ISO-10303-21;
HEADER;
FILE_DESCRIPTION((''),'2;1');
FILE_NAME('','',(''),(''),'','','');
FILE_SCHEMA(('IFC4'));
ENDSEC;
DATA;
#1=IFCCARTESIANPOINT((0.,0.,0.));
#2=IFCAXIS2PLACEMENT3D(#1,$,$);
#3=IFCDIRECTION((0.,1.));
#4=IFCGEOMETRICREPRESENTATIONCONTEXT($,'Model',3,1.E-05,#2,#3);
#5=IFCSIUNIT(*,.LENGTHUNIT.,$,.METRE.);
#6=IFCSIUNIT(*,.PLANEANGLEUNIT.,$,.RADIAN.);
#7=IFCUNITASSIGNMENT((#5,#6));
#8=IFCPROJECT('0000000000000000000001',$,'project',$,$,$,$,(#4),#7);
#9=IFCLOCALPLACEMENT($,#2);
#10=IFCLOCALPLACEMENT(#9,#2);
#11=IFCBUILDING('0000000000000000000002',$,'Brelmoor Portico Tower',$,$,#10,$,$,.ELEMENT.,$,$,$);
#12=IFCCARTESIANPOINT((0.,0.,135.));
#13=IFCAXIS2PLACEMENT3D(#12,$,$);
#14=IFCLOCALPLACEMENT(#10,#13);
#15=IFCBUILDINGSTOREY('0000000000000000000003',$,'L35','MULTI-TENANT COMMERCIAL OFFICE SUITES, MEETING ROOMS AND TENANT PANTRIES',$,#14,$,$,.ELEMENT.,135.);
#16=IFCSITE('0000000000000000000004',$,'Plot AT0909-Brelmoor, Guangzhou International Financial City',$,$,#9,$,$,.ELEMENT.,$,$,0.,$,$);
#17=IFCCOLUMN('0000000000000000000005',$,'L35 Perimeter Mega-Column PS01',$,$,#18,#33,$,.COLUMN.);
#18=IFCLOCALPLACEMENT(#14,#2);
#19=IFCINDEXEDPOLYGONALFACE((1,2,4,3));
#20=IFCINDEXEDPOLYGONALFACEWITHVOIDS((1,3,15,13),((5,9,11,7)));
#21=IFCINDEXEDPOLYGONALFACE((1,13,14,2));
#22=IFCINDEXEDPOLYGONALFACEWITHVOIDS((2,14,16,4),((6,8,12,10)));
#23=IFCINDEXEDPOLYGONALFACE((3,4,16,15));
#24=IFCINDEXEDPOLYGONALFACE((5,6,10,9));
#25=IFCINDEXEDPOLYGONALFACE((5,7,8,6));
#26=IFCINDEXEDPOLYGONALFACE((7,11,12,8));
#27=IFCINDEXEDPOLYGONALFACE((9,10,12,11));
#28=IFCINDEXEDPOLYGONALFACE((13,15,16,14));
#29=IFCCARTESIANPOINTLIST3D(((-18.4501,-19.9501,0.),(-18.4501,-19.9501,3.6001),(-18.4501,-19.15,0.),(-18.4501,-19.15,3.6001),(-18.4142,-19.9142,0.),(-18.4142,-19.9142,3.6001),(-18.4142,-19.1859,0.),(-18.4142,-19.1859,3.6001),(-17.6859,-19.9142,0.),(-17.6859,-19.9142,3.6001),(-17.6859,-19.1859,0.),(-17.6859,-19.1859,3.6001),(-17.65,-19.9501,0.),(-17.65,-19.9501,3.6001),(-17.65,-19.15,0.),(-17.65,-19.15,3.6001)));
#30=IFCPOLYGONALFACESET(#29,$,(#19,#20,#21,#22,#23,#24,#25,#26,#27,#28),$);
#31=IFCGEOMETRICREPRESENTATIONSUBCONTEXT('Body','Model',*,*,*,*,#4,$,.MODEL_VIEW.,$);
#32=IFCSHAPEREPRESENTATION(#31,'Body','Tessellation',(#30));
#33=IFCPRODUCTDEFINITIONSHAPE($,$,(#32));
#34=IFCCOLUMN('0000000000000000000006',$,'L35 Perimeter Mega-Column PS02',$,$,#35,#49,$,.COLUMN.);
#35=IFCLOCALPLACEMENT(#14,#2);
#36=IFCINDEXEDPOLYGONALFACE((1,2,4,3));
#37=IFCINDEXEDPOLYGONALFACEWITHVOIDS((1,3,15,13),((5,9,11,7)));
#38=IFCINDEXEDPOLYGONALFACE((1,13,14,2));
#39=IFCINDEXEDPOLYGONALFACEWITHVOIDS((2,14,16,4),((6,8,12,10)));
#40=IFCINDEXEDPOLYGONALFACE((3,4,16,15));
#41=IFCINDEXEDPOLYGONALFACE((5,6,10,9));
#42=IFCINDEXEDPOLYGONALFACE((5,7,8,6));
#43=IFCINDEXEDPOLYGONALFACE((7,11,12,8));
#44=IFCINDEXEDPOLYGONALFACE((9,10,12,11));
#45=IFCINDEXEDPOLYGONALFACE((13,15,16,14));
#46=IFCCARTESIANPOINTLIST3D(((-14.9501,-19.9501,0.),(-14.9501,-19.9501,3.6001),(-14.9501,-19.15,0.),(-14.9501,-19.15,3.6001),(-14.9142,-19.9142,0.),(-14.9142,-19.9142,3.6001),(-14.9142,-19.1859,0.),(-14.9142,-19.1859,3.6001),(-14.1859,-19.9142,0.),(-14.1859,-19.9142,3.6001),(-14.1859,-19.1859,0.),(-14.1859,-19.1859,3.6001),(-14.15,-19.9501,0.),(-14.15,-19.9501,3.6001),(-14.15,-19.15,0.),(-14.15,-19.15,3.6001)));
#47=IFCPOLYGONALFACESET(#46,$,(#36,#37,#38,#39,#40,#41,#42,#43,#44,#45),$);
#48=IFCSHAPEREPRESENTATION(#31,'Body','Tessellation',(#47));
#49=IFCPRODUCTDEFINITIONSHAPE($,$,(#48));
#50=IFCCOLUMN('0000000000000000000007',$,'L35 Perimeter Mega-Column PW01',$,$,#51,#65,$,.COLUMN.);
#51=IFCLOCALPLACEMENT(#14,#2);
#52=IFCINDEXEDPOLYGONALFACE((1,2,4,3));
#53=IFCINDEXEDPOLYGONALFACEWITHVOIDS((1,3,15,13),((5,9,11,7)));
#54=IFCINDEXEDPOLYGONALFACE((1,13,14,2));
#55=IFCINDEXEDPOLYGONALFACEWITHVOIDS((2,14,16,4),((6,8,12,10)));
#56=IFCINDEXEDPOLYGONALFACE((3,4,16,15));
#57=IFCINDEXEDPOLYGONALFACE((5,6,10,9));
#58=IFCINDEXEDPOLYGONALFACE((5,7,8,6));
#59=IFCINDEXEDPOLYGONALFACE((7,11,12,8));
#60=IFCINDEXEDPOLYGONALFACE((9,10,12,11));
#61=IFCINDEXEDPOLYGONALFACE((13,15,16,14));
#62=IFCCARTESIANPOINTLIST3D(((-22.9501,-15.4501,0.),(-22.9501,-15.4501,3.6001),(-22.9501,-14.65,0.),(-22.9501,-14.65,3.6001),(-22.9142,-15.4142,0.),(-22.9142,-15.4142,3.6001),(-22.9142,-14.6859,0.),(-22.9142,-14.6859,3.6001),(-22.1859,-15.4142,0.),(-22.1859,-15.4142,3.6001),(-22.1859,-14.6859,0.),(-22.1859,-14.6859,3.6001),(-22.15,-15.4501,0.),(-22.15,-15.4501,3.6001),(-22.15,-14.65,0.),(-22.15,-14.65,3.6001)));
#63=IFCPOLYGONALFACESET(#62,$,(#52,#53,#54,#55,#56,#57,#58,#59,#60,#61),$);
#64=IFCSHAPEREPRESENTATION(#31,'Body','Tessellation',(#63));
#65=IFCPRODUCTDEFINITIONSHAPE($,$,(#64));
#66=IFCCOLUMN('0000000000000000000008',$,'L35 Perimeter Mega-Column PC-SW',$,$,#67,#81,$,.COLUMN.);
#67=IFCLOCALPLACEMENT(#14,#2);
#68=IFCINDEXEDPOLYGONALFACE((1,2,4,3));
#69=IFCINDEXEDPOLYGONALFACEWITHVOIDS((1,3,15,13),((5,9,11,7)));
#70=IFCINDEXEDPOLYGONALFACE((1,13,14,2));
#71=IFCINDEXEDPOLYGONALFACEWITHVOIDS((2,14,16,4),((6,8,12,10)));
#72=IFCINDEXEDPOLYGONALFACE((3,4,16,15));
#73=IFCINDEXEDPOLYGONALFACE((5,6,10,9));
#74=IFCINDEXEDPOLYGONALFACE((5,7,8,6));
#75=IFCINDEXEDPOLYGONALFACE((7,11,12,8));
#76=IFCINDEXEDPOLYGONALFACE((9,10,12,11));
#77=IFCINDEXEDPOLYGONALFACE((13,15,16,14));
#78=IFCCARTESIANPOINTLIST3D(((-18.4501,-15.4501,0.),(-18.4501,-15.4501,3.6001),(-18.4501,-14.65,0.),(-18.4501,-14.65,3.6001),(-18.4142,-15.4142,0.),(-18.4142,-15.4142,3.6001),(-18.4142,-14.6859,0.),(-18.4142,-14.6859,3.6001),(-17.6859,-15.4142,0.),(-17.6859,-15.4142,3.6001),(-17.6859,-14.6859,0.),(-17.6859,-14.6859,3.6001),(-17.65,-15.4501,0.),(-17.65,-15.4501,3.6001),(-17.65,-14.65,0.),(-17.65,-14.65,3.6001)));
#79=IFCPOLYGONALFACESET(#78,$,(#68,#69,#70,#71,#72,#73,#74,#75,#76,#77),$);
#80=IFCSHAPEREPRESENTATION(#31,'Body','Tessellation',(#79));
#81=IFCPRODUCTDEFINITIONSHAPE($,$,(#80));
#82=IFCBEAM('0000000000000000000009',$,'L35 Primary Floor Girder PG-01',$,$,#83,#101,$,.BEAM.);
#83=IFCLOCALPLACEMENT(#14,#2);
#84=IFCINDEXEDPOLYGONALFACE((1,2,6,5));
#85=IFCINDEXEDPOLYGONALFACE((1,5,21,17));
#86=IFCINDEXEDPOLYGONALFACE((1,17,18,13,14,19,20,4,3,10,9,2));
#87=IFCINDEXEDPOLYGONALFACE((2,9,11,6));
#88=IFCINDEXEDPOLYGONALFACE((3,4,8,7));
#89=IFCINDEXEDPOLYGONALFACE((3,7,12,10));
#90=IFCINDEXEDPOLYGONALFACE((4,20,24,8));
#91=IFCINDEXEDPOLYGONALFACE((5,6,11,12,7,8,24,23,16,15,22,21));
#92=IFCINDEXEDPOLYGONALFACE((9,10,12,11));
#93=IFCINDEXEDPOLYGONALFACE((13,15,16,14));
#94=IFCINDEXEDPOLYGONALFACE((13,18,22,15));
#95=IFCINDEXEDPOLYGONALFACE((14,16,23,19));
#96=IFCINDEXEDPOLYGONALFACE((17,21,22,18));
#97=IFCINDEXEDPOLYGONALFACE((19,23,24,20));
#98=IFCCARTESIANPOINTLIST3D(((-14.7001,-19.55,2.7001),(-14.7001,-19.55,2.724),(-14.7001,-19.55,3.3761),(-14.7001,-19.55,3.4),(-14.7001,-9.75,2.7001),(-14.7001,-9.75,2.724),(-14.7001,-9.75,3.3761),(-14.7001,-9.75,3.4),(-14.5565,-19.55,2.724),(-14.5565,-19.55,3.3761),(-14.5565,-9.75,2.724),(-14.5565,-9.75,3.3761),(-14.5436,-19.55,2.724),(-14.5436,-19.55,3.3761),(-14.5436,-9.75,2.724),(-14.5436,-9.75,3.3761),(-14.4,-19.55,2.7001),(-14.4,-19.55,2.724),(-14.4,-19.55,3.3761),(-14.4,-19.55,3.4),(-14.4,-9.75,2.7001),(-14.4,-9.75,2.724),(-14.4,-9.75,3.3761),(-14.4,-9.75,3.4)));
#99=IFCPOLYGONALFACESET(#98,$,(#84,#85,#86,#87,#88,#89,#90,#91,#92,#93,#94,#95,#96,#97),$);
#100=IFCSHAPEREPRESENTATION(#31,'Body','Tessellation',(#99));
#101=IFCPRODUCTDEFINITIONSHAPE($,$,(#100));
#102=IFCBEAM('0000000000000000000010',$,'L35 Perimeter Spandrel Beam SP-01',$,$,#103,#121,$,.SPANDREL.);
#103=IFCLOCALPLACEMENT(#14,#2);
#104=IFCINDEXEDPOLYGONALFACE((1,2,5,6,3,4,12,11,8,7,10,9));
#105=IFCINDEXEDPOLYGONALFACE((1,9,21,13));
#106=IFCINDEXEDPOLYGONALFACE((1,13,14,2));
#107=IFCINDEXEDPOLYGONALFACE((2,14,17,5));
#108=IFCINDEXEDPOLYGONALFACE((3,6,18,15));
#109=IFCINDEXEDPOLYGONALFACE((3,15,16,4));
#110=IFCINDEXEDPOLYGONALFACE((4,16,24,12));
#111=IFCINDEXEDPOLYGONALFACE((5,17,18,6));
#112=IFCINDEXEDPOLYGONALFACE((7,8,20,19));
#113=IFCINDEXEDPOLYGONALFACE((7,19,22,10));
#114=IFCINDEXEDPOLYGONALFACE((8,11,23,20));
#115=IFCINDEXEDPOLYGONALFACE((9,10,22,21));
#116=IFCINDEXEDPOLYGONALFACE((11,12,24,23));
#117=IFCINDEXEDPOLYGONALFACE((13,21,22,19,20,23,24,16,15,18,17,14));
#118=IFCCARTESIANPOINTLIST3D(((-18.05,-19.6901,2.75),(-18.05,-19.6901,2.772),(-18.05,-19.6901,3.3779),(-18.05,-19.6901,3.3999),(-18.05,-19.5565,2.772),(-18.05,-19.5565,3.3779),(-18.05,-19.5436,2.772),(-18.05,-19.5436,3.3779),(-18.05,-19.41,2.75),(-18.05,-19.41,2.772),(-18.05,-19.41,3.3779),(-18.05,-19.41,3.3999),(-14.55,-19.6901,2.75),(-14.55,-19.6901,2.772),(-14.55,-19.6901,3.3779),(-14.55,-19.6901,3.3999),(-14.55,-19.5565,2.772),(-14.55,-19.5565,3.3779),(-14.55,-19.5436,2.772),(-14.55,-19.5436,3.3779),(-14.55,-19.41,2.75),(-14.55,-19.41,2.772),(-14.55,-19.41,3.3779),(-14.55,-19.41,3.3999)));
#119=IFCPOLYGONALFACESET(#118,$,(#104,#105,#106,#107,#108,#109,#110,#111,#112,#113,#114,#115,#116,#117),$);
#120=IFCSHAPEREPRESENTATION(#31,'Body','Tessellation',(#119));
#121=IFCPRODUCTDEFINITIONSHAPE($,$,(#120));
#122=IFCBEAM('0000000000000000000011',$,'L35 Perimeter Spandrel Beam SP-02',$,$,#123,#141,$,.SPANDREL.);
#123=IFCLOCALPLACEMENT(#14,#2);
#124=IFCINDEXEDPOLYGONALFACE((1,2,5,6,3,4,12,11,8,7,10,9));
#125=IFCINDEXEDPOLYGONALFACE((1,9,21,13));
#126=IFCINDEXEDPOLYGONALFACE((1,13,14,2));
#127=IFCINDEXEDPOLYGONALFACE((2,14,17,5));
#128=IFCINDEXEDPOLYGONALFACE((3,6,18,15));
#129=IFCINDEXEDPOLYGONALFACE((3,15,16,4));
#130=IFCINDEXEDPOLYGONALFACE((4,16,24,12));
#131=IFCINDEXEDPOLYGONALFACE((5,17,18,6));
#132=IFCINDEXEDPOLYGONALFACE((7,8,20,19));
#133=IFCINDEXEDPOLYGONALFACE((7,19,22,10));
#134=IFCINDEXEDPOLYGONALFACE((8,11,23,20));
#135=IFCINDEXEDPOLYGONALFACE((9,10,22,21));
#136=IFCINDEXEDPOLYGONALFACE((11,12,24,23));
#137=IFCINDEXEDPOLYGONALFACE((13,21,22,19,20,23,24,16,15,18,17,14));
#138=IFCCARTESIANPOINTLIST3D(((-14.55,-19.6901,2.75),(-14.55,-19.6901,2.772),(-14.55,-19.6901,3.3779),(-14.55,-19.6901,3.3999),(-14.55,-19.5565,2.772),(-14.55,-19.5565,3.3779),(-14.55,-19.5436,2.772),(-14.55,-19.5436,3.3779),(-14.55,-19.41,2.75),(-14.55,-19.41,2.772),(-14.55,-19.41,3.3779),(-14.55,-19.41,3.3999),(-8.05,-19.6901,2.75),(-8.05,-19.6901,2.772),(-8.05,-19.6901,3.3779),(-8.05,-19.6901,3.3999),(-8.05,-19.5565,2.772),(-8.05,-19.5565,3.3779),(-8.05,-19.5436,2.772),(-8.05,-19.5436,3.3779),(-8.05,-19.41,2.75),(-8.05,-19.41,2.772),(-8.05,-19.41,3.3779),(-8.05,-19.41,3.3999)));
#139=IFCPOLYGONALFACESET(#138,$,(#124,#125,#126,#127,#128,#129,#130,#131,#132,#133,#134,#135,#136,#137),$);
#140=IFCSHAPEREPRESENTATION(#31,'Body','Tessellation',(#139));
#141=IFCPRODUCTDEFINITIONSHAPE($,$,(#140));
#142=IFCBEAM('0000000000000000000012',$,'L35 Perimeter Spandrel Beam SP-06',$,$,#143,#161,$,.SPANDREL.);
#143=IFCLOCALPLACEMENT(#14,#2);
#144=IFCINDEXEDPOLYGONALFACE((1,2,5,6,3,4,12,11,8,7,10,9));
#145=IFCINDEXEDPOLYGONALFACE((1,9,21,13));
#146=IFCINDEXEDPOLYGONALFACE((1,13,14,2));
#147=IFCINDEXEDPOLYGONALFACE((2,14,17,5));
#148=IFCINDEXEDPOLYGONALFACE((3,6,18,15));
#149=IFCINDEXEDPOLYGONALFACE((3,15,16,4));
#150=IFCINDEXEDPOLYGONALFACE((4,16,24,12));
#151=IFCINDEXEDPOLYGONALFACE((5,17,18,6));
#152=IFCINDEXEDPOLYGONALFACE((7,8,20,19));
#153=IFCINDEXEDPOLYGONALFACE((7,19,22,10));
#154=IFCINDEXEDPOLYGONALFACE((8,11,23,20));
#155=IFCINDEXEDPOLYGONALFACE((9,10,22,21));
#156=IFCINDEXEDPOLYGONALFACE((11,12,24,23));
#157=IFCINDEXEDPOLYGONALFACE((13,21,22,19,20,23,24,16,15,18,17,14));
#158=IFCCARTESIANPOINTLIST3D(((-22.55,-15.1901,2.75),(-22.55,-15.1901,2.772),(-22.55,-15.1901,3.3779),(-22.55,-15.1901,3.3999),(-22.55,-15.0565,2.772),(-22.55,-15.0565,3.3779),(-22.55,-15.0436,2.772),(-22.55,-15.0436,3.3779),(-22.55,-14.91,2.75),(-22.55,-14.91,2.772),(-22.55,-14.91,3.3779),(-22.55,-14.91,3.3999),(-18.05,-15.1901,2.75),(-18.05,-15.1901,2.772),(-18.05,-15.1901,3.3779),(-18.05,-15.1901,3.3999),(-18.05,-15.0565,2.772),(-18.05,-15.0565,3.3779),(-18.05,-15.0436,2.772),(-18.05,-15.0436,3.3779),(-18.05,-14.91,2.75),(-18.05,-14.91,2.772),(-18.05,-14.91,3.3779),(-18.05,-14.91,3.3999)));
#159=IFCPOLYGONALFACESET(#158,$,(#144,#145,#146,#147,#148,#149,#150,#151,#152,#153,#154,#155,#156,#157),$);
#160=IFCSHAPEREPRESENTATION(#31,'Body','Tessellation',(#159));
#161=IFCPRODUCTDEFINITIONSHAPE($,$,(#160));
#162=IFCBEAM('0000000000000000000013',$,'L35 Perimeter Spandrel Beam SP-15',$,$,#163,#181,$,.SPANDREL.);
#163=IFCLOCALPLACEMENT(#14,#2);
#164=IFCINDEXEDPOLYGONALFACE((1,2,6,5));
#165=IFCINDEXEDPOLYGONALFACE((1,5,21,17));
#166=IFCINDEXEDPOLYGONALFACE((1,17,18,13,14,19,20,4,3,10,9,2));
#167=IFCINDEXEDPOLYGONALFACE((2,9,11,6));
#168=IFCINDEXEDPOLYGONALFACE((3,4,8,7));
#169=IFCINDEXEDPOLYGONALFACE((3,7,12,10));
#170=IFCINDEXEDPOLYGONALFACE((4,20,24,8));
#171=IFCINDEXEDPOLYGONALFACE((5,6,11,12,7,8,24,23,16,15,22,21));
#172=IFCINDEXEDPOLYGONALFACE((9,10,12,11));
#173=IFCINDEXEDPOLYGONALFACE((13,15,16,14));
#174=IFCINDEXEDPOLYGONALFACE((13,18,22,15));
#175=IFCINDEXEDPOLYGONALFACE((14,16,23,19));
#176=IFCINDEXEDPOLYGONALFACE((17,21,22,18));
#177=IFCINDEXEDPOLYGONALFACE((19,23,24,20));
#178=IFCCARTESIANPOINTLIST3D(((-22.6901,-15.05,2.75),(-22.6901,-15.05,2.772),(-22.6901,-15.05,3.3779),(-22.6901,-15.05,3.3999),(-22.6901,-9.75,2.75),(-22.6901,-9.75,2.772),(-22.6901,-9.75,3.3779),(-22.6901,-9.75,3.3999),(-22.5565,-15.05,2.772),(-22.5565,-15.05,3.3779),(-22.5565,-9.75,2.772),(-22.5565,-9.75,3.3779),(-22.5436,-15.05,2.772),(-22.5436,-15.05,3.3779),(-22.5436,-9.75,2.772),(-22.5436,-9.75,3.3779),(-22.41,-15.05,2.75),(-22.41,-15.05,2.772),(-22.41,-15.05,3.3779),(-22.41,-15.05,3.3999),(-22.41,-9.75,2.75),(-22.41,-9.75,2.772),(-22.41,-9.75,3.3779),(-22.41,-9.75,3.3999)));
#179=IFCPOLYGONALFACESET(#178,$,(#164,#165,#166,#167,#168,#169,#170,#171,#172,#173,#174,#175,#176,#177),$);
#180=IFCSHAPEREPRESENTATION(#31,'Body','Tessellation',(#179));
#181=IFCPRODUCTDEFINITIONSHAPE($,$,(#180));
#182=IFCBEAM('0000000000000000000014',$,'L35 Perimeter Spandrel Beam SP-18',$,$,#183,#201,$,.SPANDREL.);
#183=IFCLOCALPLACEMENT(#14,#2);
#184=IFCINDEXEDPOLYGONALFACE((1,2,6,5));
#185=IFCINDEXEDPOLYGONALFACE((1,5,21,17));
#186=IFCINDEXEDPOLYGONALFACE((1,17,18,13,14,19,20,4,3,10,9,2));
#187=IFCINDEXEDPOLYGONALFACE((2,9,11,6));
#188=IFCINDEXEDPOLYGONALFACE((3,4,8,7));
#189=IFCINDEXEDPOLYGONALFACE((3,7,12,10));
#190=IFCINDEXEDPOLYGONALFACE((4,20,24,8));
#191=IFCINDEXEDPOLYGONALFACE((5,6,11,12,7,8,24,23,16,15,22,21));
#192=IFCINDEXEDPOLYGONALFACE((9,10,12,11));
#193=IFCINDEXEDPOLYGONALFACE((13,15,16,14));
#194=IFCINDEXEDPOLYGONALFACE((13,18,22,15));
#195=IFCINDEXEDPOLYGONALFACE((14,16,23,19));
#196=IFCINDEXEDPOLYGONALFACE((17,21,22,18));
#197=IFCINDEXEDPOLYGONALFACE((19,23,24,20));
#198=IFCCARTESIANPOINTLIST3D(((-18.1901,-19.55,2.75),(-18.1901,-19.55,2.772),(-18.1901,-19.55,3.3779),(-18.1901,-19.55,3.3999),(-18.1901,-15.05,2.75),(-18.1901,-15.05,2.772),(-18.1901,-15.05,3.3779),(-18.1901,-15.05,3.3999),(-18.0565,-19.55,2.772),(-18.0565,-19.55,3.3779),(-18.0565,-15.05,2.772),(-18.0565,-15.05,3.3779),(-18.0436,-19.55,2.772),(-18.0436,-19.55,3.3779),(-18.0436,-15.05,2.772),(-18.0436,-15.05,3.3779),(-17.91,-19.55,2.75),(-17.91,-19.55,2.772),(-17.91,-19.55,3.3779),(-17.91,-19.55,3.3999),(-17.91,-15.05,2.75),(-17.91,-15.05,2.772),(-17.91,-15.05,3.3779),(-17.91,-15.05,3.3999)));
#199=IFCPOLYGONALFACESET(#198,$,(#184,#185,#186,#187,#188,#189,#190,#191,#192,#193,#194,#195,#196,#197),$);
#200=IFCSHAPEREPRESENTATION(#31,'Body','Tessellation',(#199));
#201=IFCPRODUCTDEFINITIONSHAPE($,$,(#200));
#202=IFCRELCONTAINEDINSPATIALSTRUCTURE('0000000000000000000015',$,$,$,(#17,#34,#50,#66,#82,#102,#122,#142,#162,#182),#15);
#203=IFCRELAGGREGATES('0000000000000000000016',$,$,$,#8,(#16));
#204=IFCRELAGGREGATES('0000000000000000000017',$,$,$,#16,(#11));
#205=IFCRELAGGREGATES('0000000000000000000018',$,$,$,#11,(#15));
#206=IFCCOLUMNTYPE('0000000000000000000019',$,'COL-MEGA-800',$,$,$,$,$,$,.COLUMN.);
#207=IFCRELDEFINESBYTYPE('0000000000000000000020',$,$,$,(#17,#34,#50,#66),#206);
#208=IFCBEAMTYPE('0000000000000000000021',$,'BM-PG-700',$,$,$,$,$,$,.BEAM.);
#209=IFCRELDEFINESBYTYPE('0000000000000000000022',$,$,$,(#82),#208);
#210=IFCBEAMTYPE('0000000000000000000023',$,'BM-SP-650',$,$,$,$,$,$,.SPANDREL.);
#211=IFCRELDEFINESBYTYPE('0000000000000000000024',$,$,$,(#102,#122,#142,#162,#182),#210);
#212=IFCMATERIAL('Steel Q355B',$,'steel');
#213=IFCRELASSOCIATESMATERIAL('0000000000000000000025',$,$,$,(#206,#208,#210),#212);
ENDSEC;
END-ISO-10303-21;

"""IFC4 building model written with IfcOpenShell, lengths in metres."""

from ifc_helpers import new_model, si_unit, direction, frame, origin, origin_2d, place, context, subcontext, project, spatial, hollow_rectangle, i_section, extrude, material, material_profile, profile_set, type_object, element, save


model = new_model("IFC4")

# Units and contexts
model_context = context("Model", 3, precision=1e-05, world=origin(), true_north=direction((0.0, 1.0)))
body_context = subcontext(model_context, "Body", "Model", "MODEL_VIEW")
ifc_project = project(units=[si_unit("LENGTHUNIT", "METRE"), si_unit("PLANEANGLEUNIT", "RADIAN")], contexts=[model_context])

# Site, building, storey
site_placement = place(None, origin())
site = spatial("IfcSite", under=ifc_project, at=site_placement, Name="Plot AT0909-Brelmoor, Guangzhou International Financial City", CompositionType="ELEMENT", RefElevation=0.0)
building_placement = place(site_placement, origin())
building = spatial("IfcBuilding", under=site, at=building_placement, Name="Brelmoor Portico Tower", CompositionType="ELEMENT")
storey_placement = place(building_placement, frame((0.0, 0.0, 135.0)))
storey = spatial("IfcBuildingStorey", under=building, at=storey_placement, Name="L35", Description="MULTI-TENANT COMMERCIAL OFFICE SUITES, MEETING ROOMS AND TENANT PANTRIES", CompositionType="ELEMENT", Elevation=135.0)

# Columns
ifc_material_1 = material(Name="Steel Q355B", Category="steel")
ifc_material_profile_1 = material_profile(ifc_material_1, hollow_rectangle(XDim=0.8, YDim=0.8, WallThickness=0.0359, at=origin_2d()), Name="BOX 800x800x36")
ifc_profile_set_1 = profile_set([ifc_material_profile_1], Name="Steel Q355B")
column_type = type_object("IfcColumnType", Name="COL-MEGA-800", PredefinedType="COLUMN", material=ifc_profile_set_1)
for number, where, z_axis, x_axis, name in (
    (1, (-18.05, -19.55, 0.0), (0.0, 0.0, 1.0), (1.0, 0.0, 0.0), "L35 Perimeter Mega-Column PS01"),
    (2, (-14.55, -19.55, 0.0), (0.0, 0.0, 1.0), (1.0, 0.0, 0.0), "L35 Perimeter Mega-Column PS02"),
    (3, (-22.55, -15.05, 0.0), (0.0, 0.0, 1.0), (0.0, 1.0, 0.0), "L35 Perimeter Mega-Column PW01"),
    (4, (-18.05, -15.05, 0.0), (0.0, 0.0, 1.0), (1.0, 0.0, 0.0), "L35 Perimeter Mega-Column PC-SW"),
):
    element("IfcColumn", number, at=place(storey_placement, frame(where, z_axis=z_axis, x_axis=x_axis)), inside=storey, type_object=column_type, Name=name, PredefinedType="COLUMN", context=body_context, shape_type="SweptSolid", body=[
        extrude(hollow_rectangle(XDim=0.8, YDim=0.8, WallThickness=0.0359, at=origin_2d()), origin(), (0.0, 0.0, 1.0), 3.6001),
    ])

# Beams
ifc_material_profile_2 = material_profile(ifc_material_1, i_section(OverallWidth=0.3, OverallDepth=0.7, WebThickness=0.0129, FlangeThickness=0.0239, at=origin_2d()), Name="HN 700x300x13x24")
ifc_profile_set_2 = profile_set([ifc_material_profile_2], Name="Steel Q355B")
beam_type_1 = type_object("IfcBeamType", Name="BM-PG-700", PredefinedType="BEAM", material=ifc_profile_set_2)
beam_1_placement = place(storey_placement, frame((-14.55, -19.55, 3.05), z_axis=(0.0, 1.0, 0.0), x_axis=(-1.0, 0.0, 0.0)))
element("IfcBeam", 5, at=beam_1_placement, inside=storey, type_object=beam_type_1, Name="L35 Primary Floor Girder PG-01", PredefinedType="BEAM", context=body_context, shape_type="SweptSolid", body=[
    extrude(i_section(OverallWidth=0.3, OverallDepth=0.7, WebThickness=0.0129, FlangeThickness=0.0239, at=origin_2d()), origin(), (0.0, 0.0, 1.0), 9.8),
])
ifc_material_profile_3 = material_profile(ifc_material_1, i_section(OverallWidth=0.28, OverallDepth=0.6499, WebThickness=0.0129, FlangeThickness=0.022, at=origin_2d()), Name="HN 650x280x13x22")
ifc_profile_set_3 = profile_set([ifc_material_profile_3], Name="Steel Q355B")
beam_type_2 = type_object("IfcBeamType", Name="BM-SP-650", PredefinedType="SPANDREL", material=ifc_profile_set_3)
beam_2_placement = place(storey_placement, frame((-18.05, -19.55, 3.075), z_axis=(1.0, 0.0, 0.0), x_axis=(0.0, 1.0, 0.0)))
element("IfcBeam", 6, at=beam_2_placement, inside=storey, type_object=beam_type_2, Name="L35 Perimeter Spandrel Beam SP-01", PredefinedType="SPANDREL", context=body_context, shape_type="SweptSolid", body=[
    extrude(i_section(OverallWidth=0.28, OverallDepth=0.6499, WebThickness=0.0129, FlangeThickness=0.022, at=origin_2d()), origin(), (0.0, 0.0, 1.0), 3.5),
])
beam_3_placement = place(storey_placement, frame((-14.55, -19.55, 3.075), z_axis=(1.0, 0.0, 0.0), x_axis=(0.0, 1.0, 0.0)))
element("IfcBeam", 7, at=beam_3_placement, inside=storey, type_object=beam_type_2, Name="L35 Perimeter Spandrel Beam SP-02", PredefinedType="SPANDREL", context=body_context, shape_type="SweptSolid", body=[
    extrude(i_section(OverallWidth=0.28, OverallDepth=0.6499, WebThickness=0.0129, FlangeThickness=0.022, at=origin_2d()), origin(), (0.0, 0.0, 1.0), 6.5),
])
beam_4_placement = place(storey_placement, frame((-22.55, -15.05, 3.075), z_axis=(1.0, 0.0, 0.0), x_axis=(0.0, 1.0, 0.0)))
element("IfcBeam", 8, at=beam_4_placement, inside=storey, type_object=beam_type_2, Name="L35 Perimeter Spandrel Beam SP-06", PredefinedType="SPANDREL", context=body_context, shape_type="SweptSolid", body=[
    extrude(i_section(OverallWidth=0.28, OverallDepth=0.6499, WebThickness=0.0129, FlangeThickness=0.022, at=origin_2d()), origin(), (0.0, 0.0, 1.0), 4.5),
])
beam_5_placement = place(storey_placement, frame((-22.55, -15.05, 3.075), z_axis=(0.0, 1.0, 0.0), x_axis=(-1.0, 0.0, 0.0)))
element("IfcBeam", 9, at=beam_5_placement, inside=storey, type_object=beam_type_2, Name="L35 Perimeter Spandrel Beam SP-15", PredefinedType="SPANDREL", context=body_context, shape_type="SweptSolid", body=[
    extrude(i_section(OverallWidth=0.28, OverallDepth=0.6499, WebThickness=0.0129, FlangeThickness=0.022, at=origin_2d()), origin(), (0.0, 0.0, 1.0), 5.3),
])
beam_6_placement = place(storey_placement, frame((-18.05, -19.55, 3.075), z_axis=(0.0, 1.0, 0.0), x_axis=(-1.0, 0.0, 0.0)))
element("IfcBeam", 10, at=beam_6_placement, inside=storey, type_object=beam_type_2, Name="L35 Perimeter Spandrel Beam SP-18", PredefinedType="SPANDREL", context=body_context, shape_type="SweptSolid", body=[
    extrude(i_section(OverallWidth=0.28, OverallDepth=0.6499, WebThickness=0.0129, FlangeThickness=0.022, at=origin_2d()), origin(), (0.0, 0.0, 1.0), 4.5),
])

save(model, "model.ifc")
